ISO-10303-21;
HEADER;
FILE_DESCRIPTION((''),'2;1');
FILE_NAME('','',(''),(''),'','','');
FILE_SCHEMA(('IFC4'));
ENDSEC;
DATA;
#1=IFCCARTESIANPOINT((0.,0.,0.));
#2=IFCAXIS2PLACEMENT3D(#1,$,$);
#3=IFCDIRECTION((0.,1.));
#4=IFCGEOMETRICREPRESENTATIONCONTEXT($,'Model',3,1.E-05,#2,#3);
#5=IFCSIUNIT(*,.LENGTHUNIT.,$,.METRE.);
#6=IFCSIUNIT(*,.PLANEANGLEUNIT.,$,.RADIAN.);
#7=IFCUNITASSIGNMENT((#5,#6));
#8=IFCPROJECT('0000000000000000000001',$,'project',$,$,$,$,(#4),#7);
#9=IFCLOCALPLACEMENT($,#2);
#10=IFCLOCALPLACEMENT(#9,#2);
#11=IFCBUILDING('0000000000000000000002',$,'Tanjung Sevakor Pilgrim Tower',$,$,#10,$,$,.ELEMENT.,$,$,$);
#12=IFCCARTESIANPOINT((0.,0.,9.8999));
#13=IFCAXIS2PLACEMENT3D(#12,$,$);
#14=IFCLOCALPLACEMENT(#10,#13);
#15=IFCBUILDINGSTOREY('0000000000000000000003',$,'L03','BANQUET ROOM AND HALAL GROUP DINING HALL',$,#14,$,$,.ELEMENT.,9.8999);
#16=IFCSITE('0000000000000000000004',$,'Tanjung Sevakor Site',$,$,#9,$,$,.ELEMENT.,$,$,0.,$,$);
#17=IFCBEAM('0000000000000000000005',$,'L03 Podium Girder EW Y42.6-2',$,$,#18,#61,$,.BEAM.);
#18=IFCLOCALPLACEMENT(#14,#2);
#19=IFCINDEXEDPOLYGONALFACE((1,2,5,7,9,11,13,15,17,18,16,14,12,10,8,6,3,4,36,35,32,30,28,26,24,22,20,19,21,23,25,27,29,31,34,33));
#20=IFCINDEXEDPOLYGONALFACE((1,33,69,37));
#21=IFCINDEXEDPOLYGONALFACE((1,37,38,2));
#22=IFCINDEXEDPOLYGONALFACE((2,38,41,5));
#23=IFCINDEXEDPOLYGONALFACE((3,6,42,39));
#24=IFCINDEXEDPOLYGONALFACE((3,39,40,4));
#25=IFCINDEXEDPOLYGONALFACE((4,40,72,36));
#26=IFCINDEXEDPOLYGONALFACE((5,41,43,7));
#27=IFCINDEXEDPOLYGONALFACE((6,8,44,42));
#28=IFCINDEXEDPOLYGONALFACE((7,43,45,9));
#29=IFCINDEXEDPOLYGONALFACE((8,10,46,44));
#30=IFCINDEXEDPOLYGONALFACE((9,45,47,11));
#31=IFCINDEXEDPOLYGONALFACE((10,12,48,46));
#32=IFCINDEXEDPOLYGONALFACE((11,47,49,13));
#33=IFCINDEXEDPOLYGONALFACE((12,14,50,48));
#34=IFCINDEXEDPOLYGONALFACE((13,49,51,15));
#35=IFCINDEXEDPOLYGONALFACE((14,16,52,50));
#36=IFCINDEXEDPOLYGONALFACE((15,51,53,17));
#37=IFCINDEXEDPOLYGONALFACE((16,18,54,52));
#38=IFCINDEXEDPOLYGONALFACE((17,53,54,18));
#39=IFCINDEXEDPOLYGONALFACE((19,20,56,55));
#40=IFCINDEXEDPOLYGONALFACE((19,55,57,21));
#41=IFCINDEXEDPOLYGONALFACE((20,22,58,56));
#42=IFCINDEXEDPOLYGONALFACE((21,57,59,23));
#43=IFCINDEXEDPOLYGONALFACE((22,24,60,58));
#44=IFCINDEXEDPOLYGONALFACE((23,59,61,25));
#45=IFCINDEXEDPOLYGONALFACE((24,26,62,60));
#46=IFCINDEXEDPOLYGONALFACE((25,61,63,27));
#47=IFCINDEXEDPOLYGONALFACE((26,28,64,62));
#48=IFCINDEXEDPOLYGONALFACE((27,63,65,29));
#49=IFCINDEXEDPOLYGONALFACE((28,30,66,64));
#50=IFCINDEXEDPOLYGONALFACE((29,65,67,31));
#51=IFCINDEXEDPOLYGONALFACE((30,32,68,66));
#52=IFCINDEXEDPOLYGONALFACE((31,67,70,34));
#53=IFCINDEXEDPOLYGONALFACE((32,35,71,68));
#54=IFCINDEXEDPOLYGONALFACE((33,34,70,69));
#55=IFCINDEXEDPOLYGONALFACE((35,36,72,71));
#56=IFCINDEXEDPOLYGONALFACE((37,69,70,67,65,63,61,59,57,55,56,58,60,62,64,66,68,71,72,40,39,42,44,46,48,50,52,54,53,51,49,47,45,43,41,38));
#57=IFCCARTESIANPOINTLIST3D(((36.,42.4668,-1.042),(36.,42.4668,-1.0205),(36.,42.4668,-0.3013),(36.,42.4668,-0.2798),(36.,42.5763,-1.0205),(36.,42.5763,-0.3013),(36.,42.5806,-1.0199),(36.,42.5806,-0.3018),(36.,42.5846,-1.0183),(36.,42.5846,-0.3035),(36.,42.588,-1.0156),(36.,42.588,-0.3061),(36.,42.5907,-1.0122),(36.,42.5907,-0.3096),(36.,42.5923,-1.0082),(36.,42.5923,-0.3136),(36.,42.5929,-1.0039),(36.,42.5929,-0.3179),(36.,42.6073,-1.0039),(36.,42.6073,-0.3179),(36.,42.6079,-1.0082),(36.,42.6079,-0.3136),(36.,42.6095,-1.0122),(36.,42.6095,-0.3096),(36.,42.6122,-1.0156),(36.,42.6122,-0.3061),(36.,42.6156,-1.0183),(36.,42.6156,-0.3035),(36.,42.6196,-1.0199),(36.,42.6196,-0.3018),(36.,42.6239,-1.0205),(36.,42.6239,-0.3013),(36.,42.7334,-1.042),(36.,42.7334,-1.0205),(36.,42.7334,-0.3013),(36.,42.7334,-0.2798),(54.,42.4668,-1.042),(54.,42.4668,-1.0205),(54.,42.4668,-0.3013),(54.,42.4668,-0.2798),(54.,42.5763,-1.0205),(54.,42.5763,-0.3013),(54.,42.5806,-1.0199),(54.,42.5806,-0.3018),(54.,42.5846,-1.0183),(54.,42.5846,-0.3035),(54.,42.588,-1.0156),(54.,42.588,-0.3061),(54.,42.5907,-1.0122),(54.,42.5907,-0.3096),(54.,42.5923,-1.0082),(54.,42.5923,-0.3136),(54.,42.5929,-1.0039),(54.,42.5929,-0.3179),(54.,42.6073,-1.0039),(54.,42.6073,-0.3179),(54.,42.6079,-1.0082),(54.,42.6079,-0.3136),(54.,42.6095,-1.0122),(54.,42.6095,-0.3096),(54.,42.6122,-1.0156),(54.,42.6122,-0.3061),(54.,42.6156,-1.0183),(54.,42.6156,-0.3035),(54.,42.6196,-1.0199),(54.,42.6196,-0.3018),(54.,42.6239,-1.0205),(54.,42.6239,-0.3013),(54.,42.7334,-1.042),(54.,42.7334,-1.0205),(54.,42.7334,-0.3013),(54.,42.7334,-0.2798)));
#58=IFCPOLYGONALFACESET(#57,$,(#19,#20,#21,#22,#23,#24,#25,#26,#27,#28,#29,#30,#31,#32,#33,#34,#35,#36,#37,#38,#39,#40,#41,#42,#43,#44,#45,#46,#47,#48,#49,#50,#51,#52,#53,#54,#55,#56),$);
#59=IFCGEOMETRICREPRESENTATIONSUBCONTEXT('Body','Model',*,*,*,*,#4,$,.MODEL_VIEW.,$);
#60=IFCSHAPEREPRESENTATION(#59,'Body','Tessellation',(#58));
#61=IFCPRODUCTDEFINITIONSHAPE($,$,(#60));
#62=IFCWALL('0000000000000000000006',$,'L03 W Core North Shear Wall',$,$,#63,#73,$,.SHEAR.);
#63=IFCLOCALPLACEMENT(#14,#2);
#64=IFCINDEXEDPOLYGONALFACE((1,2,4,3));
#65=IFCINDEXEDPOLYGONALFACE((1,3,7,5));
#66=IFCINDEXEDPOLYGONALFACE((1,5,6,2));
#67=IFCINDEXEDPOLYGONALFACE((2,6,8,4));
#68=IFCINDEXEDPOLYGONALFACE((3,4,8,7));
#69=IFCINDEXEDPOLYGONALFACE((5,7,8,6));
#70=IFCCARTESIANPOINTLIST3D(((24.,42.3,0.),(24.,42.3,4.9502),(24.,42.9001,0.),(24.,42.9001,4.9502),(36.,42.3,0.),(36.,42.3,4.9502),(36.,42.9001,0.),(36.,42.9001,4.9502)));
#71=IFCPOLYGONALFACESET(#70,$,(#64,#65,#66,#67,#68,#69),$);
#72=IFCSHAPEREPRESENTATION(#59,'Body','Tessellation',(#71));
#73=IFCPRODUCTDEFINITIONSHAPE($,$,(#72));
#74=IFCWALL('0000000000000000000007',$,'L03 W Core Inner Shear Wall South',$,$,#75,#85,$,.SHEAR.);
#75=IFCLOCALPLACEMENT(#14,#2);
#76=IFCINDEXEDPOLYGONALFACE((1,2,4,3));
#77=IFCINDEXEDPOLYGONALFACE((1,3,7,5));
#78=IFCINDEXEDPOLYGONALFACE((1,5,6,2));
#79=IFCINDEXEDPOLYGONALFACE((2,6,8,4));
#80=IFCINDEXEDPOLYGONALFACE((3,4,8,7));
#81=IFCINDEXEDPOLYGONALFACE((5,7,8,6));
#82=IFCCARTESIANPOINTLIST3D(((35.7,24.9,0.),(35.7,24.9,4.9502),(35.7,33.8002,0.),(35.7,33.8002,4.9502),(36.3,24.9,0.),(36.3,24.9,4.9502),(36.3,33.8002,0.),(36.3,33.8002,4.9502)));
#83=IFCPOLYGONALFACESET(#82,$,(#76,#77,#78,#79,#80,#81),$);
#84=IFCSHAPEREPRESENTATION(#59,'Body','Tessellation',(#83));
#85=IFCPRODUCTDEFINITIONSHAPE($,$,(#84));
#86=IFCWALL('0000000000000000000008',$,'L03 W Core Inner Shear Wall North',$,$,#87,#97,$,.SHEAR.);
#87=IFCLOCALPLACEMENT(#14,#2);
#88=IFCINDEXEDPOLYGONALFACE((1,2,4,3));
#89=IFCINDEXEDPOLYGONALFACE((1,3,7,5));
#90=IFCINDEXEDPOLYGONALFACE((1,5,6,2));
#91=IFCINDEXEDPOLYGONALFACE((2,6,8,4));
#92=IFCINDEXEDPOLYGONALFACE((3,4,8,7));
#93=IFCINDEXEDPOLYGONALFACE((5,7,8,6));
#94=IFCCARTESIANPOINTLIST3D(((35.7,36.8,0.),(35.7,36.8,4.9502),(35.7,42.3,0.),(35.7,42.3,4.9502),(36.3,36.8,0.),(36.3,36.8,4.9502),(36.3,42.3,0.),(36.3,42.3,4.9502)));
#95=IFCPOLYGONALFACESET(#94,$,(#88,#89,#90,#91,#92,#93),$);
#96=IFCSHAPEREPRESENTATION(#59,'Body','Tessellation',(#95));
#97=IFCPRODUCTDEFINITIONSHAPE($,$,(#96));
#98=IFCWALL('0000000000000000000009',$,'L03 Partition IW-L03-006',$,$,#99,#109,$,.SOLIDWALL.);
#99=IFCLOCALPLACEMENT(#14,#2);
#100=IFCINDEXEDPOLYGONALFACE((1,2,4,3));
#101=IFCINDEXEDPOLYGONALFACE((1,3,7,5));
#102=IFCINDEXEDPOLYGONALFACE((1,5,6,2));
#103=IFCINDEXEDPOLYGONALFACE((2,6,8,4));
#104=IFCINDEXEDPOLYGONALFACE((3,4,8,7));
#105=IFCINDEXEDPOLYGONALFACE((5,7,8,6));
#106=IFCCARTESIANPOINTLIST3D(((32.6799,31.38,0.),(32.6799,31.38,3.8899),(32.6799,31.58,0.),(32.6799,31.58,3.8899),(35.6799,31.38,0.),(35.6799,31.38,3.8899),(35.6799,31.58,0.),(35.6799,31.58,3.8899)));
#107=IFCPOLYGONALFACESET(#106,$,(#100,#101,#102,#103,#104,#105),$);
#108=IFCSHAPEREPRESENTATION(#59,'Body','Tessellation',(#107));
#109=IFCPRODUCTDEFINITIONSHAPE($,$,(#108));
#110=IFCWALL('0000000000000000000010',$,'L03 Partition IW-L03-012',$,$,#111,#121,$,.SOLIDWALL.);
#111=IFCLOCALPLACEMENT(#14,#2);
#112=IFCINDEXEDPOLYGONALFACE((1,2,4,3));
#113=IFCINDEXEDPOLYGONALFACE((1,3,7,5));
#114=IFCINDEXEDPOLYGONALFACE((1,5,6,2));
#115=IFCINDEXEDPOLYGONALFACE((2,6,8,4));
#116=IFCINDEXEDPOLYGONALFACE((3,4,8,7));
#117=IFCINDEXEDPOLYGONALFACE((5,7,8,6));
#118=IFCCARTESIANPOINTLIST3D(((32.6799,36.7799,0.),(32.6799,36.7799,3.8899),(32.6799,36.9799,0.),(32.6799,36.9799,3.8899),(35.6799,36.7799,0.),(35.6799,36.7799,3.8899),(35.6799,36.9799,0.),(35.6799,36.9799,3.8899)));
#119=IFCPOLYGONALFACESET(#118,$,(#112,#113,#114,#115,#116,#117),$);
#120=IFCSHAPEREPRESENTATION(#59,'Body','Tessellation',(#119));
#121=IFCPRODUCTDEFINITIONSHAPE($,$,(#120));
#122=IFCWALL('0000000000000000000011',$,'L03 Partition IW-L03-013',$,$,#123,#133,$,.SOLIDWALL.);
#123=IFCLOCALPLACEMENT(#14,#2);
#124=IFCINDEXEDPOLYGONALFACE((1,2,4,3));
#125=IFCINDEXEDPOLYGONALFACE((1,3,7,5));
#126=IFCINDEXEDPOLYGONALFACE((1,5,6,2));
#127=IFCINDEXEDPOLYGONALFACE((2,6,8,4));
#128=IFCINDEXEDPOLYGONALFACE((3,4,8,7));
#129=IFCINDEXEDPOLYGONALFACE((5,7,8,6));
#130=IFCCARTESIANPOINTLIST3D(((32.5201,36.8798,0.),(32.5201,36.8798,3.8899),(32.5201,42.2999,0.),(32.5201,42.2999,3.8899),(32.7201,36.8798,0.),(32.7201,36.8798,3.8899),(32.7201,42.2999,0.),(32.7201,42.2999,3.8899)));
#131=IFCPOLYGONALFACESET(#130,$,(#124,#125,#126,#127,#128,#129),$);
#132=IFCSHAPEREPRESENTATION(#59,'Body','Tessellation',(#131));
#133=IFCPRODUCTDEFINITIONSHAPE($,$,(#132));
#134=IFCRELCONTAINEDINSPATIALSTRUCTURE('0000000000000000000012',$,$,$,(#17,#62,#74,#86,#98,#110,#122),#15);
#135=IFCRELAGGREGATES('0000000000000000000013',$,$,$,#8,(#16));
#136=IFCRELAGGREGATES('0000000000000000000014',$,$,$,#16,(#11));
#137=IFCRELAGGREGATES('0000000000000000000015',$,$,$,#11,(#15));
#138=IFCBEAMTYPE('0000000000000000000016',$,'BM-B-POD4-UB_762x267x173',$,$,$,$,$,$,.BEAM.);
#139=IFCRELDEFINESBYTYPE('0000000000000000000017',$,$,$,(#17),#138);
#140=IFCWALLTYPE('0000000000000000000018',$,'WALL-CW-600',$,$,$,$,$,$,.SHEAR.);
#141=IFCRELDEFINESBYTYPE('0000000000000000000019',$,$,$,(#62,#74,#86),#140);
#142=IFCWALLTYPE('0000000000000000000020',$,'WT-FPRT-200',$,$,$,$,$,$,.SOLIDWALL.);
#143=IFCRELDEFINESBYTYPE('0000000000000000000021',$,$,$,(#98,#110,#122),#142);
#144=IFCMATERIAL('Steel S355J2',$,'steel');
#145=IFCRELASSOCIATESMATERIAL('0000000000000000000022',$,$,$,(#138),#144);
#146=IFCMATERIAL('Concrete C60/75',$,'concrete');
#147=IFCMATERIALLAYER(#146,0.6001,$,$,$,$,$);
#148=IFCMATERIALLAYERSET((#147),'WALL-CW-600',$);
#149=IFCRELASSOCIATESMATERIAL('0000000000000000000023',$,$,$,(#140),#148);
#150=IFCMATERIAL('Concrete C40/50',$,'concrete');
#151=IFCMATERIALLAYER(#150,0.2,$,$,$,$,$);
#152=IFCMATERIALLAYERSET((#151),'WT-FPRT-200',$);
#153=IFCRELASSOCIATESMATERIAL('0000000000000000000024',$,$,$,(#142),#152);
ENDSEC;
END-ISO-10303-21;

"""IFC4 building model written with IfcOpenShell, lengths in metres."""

from ifc_helpers import new_model, si_unit, direction, frame, frame_2d, origin, origin_2d, place, context, subcontext, project, spatial, rectangle, i_section, extrude, material, layer, layer_set, material_profile, profile_set, type_object, element, save


model = new_model("IFC4")

# Units and contexts
model_context = context("Model", 3, precision=1e-05, world=origin(), true_north=direction((0.0, 1.0)))
body_context = subcontext(model_context, "Body", "Model", "MODEL_VIEW")
ifc_project = project(units=[si_unit("LENGTHUNIT", "METRE"), si_unit("PLANEANGLEUNIT", "RADIAN")], contexts=[model_context])

# Site, building, storey
site_placement = place(None, origin())
site = spatial("IfcSite", under=ifc_project, at=site_placement, Name="Tanjung Sevakor Site", CompositionType="ELEMENT", RefElevation=0.0)
building_placement = place(site_placement, origin())
building = spatial("IfcBuilding", under=site, at=building_placement, Name="Tanjung Sevakor Pilgrim Tower", CompositionType="ELEMENT")
storey_placement = place(building_placement, frame((0.0, 0.0, 9.8999)))
storey = spatial("IfcBuildingStorey", under=building, at=storey_placement, Name="L03", Description="BANQUET ROOM AND HALAL GROUP DINING HALL", CompositionType="ELEMENT", Elevation=9.8999)

# Beam
ifc_material_1 = material(Name="Steel S355J2", Category="steel")
ifc_material_profile_1 = material_profile(ifc_material_1, i_section(OverallWidth=0.2666, OverallDepth=0.7622, WebThickness=0.0144, FlangeThickness=0.0215, FilletRadius=0.0166, at=origin_2d()))
ifc_profile_set_1 = profile_set([ifc_material_profile_1], Name="Steel S355J2")
beam_type_1 = type_object("IfcBeamType", Name="BM-B-POD4-UB_762x267x173", PredefinedType="BEAM", material=ifc_profile_set_1)
beam_1_placement = place(storey_placement, frame((36.0, 42.6001, -0.6609), z_axis=(1.0, 0.0, 0.0), x_axis=(0.0, 1.0, 0.0)))
element("IfcBeam", 1, at=beam_1_placement, inside=storey, type_object=beam_type_1, Name="L03 Podium Girder EW Y42.6-2", PredefinedType="BEAM", context=body_context, shape_type="SweptSolid", body=[
    extrude(i_section(OverallWidth=0.2666, OverallDepth=0.7622, WebThickness=0.0144, FlangeThickness=0.0215, FilletRadius=0.0166, at=origin_2d()), origin(), (0.0, 0.0, 1.0), 18.0),
])

# Walls
ifc_material_2 = material(Name="Concrete C60/75", Category="concrete")
ifc_layer_1 = layer(ifc_material_2, 0.6001)
ifc_layer_set_1 = layer_set([ifc_layer_1], Name="WALL-CW-600")
wall_type_1 = type_object("IfcWallType", Name="WALL-CW-600", PredefinedType="SHEAR", material=ifc_layer_set_1)
wall_1_placement = place(storey_placement, frame((36.0, 42.6001, 0.0), z_axis=(0.0, 0.0, 1.0), x_axis=(-1.0, 0.0, 0.0)))
element("IfcWall", 2, at=wall_1_placement, inside=storey, type_object=wall_type_1, Name="L03 W Core North Shear Wall", PredefinedType="SHEAR", context=body_context, shape_type="SweptSolid", body=[
    extrude(rectangle(XDim=12.0, YDim=0.6001, at=frame_2d((6.0, 0.0))), origin(), (0.0, 0.0, 1.0), 4.9502),
])
wall_2_placement = place(storey_placement, frame((36.0, 24.8999, 0.0), z_axis=(0.0, 0.0, 1.0), x_axis=(0.0, 1.0, 0.0)))
element("IfcWall", 3, at=wall_2_placement, inside=storey, type_object=wall_type_1, Name="L03 W Core Inner Shear Wall South", PredefinedType="SHEAR", context=body_context, shape_type="SweptSolid", body=[
    extrude(rectangle(XDim=8.9001, YDim=0.6001, at=frame_2d((4.4502, 0.0))), origin(), (0.0, 0.0, 1.0), 4.9502),
])
wall_3_placement = place(storey_placement, frame((36.0, 36.8, 0.0), z_axis=(0.0, 0.0, 1.0), x_axis=(0.0, 1.0, 0.0)))
element("IfcWall", 4, at=wall_3_placement, inside=storey, type_object=wall_type_1, Name="L03 W Core Inner Shear Wall North", PredefinedType="SHEAR", context=body_context, shape_type="SweptSolid", body=[
    extrude(rectangle(XDim=5.5, YDim=0.6001, at=frame_2d((2.75, 0.0))), origin(), (0.0, 0.0, 1.0), 4.9502),
])

# Walls
ifc_material_3 = material(Name="Concrete C40/50", Category="concrete")
ifc_layer_2 = layer(ifc_material_3, 0.2)
ifc_layer_set_2 = layer_set([ifc_layer_2], Name="WT-FPRT-200")
wall_type_2 = type_object("IfcWallType", Name="WT-FPRT-200", PredefinedType="SOLIDWALL", material=ifc_layer_set_2)
for number, where, z_axis, x_axis, name in (
    (5, (32.6799, 31.48, 0.0), (0.0, 0.0, 1.0), (1.0, 0.0, 0.0), "L03 Partition IW-L03-006"),
    (6, (32.6799, 36.8799, 0.0), (0.0, 0.0, 1.0), (1.0, 0.0, 0.0), "L03 Partition IW-L03-012"),
):
    element("IfcWall", number, at=place(storey_placement, frame(where, z_axis=z_axis, x_axis=x_axis)), inside=storey, type_object=wall_type_2, Name=name, PredefinedType="SOLIDWALL", context=body_context, shape_type="SweptSolid", body=[
        extrude(rectangle(XDim=3.0, YDim=0.2, at=frame_2d((1.5, 0.0))), origin(), (0.0, 0.0, 1.0), 3.8899),
    ])
wall_4_placement = place(storey_placement, frame((32.6201, 36.8799, 0.0), z_axis=(0.0, 0.0, 1.0), x_axis=(0.0, 1.0, 0.0)))
element("IfcWall", 7, at=wall_4_placement, inside=storey, type_object=wall_type_2, Name="L03 Partition IW-L03-013", PredefinedType="SOLIDWALL", context=body_context, shape_type="SweptSolid", body=[
    extrude(rectangle(XDim=5.4202, YDim=0.2, at=frame_2d((2.71, 0.0))), origin(), (0.0, 0.0, 1.0), 3.8899),
])

save(model, "model.ifc")
